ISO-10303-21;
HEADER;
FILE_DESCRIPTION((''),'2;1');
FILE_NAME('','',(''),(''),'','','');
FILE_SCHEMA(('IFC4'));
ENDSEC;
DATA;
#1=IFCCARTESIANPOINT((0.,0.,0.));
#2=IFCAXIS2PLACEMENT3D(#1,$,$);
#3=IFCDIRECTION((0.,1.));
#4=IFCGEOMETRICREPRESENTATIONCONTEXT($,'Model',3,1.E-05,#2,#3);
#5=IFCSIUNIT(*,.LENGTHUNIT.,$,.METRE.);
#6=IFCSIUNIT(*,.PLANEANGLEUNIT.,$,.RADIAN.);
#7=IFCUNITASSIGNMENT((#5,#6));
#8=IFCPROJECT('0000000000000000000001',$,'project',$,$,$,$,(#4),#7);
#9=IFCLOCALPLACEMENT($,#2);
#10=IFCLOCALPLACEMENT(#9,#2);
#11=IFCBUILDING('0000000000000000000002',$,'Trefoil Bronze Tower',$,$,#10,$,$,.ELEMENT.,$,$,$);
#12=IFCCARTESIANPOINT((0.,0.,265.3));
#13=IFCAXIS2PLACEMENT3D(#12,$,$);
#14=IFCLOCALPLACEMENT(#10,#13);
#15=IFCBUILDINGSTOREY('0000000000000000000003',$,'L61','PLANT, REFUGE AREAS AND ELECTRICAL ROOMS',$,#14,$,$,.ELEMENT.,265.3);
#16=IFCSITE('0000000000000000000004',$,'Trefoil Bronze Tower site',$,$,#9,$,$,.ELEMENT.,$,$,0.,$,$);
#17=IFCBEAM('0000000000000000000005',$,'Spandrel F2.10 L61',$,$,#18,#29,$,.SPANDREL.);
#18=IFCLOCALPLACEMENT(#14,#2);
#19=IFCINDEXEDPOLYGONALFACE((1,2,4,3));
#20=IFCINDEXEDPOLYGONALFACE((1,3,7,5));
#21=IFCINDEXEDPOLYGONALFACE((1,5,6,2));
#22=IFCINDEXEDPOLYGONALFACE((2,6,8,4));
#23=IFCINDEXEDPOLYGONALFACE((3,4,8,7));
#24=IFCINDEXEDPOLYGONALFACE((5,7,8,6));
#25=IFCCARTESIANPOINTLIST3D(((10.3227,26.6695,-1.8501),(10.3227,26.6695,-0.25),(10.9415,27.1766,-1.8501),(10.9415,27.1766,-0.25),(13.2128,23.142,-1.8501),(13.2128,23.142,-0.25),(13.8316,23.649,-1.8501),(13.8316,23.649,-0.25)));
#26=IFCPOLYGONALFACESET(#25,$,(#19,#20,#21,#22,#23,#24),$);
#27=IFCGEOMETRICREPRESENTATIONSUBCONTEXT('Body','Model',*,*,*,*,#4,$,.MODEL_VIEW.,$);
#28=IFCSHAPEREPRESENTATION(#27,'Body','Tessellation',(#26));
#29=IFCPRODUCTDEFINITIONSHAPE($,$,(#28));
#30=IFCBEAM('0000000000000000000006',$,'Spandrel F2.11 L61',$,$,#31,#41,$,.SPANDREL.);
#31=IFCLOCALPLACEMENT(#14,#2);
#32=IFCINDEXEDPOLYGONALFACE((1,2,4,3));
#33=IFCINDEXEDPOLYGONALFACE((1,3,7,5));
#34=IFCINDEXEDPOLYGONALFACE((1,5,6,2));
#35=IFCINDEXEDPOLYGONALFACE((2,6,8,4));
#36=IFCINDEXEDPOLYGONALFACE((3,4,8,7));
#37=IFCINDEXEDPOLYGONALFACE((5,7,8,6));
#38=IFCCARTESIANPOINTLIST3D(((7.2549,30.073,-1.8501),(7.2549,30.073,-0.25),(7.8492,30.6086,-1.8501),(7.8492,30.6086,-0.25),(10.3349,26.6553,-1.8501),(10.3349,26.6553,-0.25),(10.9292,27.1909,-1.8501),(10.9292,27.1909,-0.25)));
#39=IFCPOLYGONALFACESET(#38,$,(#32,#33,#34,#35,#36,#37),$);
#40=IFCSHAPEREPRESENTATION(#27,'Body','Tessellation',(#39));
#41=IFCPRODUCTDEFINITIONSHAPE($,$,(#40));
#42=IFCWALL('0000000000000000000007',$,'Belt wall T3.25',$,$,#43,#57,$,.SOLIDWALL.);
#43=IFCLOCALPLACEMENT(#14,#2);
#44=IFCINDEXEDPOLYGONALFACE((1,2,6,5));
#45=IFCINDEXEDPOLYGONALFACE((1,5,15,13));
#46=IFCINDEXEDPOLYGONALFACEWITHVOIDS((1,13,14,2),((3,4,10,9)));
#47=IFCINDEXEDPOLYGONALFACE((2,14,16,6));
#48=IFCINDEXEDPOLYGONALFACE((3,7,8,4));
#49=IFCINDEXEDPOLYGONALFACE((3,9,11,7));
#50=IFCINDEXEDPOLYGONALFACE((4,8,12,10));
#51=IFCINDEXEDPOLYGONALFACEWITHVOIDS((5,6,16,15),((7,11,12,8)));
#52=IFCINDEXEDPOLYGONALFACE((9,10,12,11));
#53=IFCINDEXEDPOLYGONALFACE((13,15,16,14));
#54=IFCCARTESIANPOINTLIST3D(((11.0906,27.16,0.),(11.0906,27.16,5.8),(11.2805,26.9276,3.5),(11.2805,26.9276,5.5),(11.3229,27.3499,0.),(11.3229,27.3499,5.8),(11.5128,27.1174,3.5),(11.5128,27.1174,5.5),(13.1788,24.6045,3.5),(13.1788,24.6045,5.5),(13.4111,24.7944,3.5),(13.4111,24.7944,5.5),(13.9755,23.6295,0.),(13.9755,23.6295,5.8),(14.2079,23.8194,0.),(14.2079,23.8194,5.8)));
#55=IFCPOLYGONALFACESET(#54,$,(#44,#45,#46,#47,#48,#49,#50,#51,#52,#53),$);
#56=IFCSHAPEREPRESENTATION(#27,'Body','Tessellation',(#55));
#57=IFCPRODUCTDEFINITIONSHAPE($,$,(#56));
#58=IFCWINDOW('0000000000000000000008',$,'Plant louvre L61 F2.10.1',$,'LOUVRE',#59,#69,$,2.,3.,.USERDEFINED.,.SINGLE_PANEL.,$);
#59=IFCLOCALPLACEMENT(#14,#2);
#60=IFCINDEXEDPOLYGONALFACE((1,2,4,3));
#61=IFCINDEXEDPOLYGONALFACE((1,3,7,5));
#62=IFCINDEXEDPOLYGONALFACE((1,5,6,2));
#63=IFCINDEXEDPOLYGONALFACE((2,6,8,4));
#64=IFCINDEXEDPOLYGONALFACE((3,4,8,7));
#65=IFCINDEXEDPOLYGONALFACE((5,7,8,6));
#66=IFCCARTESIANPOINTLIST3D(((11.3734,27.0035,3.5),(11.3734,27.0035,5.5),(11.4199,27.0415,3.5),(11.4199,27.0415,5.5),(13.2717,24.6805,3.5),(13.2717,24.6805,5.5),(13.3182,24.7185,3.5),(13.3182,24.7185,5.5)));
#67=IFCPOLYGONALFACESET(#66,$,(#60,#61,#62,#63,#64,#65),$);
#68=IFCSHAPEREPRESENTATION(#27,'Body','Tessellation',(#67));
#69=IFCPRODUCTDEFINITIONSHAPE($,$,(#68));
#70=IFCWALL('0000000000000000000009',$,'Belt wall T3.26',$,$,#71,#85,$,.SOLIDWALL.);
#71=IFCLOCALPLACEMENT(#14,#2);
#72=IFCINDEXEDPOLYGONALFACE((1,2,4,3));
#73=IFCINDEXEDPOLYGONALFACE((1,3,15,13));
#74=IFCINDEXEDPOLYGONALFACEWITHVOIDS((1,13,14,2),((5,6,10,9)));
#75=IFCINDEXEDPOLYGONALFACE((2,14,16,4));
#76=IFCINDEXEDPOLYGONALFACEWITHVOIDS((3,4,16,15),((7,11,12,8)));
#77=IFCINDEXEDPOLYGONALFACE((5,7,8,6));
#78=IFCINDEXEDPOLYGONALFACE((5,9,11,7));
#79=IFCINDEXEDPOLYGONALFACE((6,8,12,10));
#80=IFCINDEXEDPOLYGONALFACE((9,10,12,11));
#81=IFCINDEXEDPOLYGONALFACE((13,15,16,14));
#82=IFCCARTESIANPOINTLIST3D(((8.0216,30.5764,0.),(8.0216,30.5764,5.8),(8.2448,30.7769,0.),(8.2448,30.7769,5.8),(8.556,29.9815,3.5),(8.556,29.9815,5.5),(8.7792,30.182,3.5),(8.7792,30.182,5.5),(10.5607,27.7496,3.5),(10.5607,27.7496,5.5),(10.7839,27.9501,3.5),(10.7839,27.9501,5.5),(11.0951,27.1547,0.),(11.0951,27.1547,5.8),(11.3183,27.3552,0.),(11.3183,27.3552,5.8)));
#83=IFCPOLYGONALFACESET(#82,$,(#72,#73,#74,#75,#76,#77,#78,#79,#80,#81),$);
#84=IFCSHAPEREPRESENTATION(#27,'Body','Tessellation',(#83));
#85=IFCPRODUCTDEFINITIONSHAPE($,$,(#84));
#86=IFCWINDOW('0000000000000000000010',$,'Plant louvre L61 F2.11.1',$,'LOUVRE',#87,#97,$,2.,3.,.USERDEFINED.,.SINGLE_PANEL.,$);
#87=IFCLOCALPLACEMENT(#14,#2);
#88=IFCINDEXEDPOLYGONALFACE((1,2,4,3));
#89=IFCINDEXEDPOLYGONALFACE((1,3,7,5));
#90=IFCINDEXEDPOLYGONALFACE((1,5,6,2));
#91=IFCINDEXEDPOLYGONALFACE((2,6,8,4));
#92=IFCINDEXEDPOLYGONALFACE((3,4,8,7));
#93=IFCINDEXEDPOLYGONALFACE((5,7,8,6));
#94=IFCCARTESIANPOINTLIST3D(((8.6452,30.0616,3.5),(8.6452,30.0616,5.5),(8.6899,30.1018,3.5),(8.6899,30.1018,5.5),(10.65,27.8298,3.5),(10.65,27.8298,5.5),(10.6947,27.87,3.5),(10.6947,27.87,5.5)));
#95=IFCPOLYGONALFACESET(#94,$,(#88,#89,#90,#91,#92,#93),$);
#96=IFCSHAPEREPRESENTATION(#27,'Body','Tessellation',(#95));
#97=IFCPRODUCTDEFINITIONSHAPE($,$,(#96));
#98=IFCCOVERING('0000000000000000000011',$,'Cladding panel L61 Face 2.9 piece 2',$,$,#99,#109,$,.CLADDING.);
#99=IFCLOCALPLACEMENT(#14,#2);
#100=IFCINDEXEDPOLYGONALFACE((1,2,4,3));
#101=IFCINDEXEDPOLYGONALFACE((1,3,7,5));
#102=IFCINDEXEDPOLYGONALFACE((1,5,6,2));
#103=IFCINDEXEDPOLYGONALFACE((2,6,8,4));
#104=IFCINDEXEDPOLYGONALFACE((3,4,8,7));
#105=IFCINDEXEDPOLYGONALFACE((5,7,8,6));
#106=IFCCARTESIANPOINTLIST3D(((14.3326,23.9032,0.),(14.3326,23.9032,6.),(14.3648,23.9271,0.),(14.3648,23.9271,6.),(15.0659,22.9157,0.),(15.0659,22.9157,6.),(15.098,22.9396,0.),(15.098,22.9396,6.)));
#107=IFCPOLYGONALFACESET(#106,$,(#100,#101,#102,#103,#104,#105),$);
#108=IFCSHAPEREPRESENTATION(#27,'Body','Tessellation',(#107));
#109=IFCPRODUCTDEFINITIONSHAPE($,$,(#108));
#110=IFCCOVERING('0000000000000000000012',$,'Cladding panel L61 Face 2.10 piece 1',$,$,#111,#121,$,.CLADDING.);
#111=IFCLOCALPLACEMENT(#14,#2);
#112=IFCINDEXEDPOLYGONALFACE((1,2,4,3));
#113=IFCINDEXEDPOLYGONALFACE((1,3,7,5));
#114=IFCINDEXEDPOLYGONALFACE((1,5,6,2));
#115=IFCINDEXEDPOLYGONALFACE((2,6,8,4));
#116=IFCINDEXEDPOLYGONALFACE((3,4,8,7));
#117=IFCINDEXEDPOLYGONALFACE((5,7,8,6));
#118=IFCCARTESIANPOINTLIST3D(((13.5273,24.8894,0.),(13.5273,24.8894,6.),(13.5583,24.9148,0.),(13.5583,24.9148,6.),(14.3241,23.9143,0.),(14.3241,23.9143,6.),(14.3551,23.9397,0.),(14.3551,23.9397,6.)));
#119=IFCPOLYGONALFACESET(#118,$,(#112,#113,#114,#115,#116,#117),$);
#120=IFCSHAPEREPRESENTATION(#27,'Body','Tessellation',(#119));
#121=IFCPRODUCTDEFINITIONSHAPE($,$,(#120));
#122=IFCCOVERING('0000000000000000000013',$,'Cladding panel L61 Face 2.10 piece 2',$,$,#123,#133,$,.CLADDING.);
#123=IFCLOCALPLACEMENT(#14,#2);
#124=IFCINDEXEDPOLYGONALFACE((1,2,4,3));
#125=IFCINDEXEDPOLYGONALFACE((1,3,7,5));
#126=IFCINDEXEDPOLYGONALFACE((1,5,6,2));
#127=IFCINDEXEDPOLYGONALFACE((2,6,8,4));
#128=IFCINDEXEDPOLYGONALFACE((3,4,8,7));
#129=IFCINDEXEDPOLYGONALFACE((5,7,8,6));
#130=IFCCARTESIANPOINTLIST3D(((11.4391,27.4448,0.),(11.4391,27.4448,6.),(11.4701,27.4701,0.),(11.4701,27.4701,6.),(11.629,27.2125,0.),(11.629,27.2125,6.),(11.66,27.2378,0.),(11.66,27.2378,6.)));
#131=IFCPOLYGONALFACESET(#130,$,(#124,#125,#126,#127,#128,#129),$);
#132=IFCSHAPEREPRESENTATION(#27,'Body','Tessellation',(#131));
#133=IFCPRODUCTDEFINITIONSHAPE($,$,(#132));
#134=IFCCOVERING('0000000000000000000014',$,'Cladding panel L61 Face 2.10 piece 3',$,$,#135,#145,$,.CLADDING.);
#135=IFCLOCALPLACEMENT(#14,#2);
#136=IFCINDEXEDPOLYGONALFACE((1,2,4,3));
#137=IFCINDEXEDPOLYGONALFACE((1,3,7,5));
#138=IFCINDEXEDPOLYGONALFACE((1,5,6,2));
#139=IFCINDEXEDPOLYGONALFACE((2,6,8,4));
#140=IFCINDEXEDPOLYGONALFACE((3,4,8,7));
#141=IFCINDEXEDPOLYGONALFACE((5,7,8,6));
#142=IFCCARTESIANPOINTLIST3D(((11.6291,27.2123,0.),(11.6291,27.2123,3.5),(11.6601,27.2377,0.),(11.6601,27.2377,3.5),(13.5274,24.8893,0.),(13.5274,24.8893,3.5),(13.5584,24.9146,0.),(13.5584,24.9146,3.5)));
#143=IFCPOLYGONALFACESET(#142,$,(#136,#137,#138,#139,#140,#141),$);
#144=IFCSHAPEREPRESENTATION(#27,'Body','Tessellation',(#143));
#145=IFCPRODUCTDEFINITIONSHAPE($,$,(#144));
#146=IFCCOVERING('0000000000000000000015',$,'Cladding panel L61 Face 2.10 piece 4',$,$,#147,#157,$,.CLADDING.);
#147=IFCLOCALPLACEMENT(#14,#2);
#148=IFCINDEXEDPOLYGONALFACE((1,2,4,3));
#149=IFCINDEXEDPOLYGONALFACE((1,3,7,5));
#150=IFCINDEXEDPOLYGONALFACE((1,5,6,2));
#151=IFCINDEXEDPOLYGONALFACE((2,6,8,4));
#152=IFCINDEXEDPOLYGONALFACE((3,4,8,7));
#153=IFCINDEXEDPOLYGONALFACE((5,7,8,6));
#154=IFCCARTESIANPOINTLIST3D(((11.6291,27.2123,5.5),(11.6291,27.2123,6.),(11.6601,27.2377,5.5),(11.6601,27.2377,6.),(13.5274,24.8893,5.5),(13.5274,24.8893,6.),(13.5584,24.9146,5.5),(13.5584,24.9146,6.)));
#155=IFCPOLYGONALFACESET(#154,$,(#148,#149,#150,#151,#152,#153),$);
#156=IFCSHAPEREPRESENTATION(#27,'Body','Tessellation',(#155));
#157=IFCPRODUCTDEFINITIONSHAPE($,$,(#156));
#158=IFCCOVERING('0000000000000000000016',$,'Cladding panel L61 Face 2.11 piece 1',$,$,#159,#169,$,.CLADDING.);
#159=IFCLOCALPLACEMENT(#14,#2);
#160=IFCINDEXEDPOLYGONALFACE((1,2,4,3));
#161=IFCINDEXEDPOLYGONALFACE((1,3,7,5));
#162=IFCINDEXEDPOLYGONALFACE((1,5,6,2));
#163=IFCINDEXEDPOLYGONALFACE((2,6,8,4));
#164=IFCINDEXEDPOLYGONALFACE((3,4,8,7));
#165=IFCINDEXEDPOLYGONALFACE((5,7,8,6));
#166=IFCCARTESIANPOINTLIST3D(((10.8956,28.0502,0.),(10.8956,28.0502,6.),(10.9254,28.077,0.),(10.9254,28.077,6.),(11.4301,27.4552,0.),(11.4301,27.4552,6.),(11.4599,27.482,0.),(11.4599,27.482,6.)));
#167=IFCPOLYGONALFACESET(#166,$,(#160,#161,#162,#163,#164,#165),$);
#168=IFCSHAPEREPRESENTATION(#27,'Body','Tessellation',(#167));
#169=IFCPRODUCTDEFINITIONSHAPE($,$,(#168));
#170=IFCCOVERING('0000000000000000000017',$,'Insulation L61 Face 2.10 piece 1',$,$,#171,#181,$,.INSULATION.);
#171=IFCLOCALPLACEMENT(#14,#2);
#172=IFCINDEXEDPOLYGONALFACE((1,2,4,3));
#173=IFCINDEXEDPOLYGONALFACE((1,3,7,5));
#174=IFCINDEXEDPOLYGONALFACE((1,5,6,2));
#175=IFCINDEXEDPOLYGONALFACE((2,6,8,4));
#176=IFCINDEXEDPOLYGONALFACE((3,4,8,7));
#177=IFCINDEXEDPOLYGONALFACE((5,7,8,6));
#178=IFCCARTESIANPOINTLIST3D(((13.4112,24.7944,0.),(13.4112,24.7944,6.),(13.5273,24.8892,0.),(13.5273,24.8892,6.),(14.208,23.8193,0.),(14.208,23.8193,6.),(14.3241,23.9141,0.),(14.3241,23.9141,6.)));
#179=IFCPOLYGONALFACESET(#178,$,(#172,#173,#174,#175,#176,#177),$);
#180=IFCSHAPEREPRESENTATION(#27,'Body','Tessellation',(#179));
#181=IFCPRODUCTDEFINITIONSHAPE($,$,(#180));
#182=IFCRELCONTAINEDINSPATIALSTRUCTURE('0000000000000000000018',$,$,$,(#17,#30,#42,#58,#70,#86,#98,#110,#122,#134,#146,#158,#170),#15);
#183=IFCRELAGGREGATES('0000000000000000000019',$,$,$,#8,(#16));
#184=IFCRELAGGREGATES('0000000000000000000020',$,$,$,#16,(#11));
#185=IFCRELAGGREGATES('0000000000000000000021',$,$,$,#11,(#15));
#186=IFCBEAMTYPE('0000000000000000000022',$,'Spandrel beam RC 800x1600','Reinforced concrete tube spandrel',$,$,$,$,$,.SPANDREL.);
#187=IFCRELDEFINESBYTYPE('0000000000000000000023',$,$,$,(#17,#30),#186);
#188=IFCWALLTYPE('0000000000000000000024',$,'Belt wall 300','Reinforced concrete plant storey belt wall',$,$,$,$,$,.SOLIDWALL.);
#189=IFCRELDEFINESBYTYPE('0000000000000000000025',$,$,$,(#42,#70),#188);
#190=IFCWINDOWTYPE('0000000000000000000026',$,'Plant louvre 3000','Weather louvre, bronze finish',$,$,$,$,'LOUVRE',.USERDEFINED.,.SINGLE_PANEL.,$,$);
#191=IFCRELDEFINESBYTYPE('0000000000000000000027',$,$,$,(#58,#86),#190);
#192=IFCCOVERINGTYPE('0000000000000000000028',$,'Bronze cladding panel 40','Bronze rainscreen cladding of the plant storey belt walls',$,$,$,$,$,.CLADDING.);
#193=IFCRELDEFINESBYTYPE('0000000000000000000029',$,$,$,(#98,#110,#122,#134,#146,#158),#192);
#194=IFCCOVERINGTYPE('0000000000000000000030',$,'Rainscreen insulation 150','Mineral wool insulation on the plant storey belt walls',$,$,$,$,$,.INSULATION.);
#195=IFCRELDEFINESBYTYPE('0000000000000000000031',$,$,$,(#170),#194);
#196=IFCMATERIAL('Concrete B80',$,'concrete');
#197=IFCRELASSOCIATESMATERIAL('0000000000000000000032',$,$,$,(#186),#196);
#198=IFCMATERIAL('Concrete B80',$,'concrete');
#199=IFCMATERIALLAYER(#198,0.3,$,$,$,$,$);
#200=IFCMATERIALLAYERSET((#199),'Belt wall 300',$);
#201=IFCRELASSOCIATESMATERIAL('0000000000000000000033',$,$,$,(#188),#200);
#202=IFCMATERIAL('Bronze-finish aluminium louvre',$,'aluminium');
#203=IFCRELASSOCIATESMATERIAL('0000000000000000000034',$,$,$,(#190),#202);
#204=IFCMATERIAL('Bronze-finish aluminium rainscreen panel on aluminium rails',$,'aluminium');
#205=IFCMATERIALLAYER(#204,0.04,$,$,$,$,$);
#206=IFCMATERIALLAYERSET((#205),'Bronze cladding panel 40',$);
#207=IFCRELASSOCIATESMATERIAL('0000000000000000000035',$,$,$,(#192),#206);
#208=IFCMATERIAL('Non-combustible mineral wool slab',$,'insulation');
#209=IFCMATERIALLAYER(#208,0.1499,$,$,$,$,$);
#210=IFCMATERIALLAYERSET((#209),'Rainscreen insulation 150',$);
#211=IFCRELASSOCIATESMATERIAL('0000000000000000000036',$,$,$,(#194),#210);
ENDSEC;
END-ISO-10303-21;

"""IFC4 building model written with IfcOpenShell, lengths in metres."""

from ifc_helpers import new_model, si_unit, direction, frame, frame_2d, origin, origin_2d, place, context, subcontext, project, spatial, rectangle, extrude, material, layer, layer_set, material_profile, profile_set, type_object, element, fill, save


model = new_model("IFC4")

# Units and contexts
model_context = context("Model", 3, precision=1e-05, world=origin(), true_north=direction((0.0, 1.0)))
body_context = subcontext(model_context, "Body", "Model", "MODEL_VIEW")
ifc_project = project(units=[si_unit("LENGTHUNIT", "METRE"), si_unit("PLANEANGLEUNIT", "RADIAN")], contexts=[model_context])

# Site, building, storey
site_placement = place(None, origin())
site = spatial("IfcSite", under=ifc_project, at=site_placement, Name="Trefoil Bronze Tower site", CompositionType="ELEMENT", RefElevation=0.0)
building_placement = place(site_placement, origin())
building = spatial("IfcBuilding", under=site, at=building_placement, Name="Trefoil Bronze Tower", CompositionType="ELEMENT")
storey_placement = place(building_placement, frame((0.0, 0.0, 265.3)))
storey = spatial("IfcBuildingStorey", under=building, at=storey_placement, Name="L61", Description="PLANT, REFUGE AREAS AND ELECTRICAL ROOMS", CompositionType="ELEMENT", Elevation=265.3)

# Beams
ifc_material_1 = material(Name="Concrete B80", Category="concrete")
ifc_material_profile_1 = material_profile(ifc_material_1, rectangle(XDim=0.8, YDim=1.6001, at=origin_2d()), Name="RC 800x1600")
ifc_profile_set_1 = profile_set([ifc_material_profile_1], Name="Concrete B80")
beam_type_1 = type_object("IfcBeamType", Name="Spandrel beam RC 800x1600", Description="Reinforced concrete tube spandrel", PredefinedType="SPANDREL", material=ifc_profile_set_1)
beam_1_placement = place(storey_placement, frame((13.5222, 23.3955, -1.05), z_axis=(-0.633754, 0.773535, 0.0), x_axis=(-0.773535, -0.633754, 0.0)))
element("IfcBeam", 1, at=beam_1_placement, inside=storey, type_object=beam_type_1, Name="Spandrel F2.10 L61", PredefinedType="SPANDREL", context=body_context, shape_type="SweptSolid", body=[
    extrude(rectangle(XDim=0.8, YDim=1.6001, at=origin_2d()), origin(), (0.0, 0.0, 1.0), 4.5603),
])
beam_2_placement = place(storey_placement, frame((10.6321, 26.9231, -1.05), z_axis=(-0.66946, 0.742848, 0.0), x_axis=(-0.742848, -0.66946, 0.0)))
element("IfcBeam", 2, at=beam_2_placement, inside=storey, type_object=beam_type_1, Name="Spandrel F2.11 L61", PredefinedType="SPANDREL", context=body_context, shape_type="SweptSolid", body=[
    extrude(rectangle(XDim=0.8, YDim=1.6001, at=origin_2d()), origin(), (0.0, 0.0, 1.0), 4.6008),
])

# Walls, openings, windows
ifc_material_2 = material(Name="Concrete B80", Category="concrete")
ifc_layer_1 = layer(ifc_material_2, 0.3)
ifc_layer_set_1 = layer_set([ifc_layer_1], Name="Belt wall 300")
wall_type = type_object("IfcWallType", Name="Belt wall 300", Description="Reinforced concrete plant storey belt wall", PredefinedType="SOLIDWALL", material=ifc_layer_set_1)
wall_1_placement = place(storey_placement, frame((14.0918, 23.7244, 0.0), z_axis=(0.0, 0.0, 1.0), x_axis=(-0.632765, 0.774344, 0.0)))
wall_1 = element("IfcWall", 3, at=wall_1_placement, inside=storey, type_object=wall_type, Name="Belt wall T3.25", PredefinedType="SOLIDWALL", context=body_context, shape_type="SweptSolid", body=[
    extrude(rectangle(XDim=4.5593, YDim=0.3, at=frame_2d((2.2798, 0.0))), origin(), (0.0, 0.0, 1.0), 5.8),
])
opening_1_placement = place(wall_1_placement, frame((1.2593, 0.0, 3.5)))
opening_1 = element("IfcOpeningElement", 4, at=opening_1_placement, cuts=wall_1, PredefinedType="OPENING", context=body_context, shape_type="SweptSolid", body=[
    extrude(rectangle(XDim=3.0, YDim=2.0, at=frame_2d((1.5, 1.0))), frame((0.0, 0.1599, 0.0), z_axis=(0.0, -1.0, 0.0), x_axis=(1.0, 0.0, 0.0)), (0.0, 0.0, 1.0), 0.3201),
])
ifc_material_3 = material(Name="Bronze-finish aluminium louvre", Category="aluminium")
window_type = type_object("IfcWindowType", Name="Plant louvre 3000", Description="Weather louvre, bronze finish", ElementType="LOUVRE", PartitioningType="SINGLE_PANEL", PredefinedType="USERDEFINED", material=ifc_material_3)
window_1_placement = place(opening_1_placement, origin())
window_1 = element("IfcWindow", 5, at=window_1_placement, inside=storey, type_object=window_type, Name="Plant louvre L61 F2.10.1", ObjectType="LOUVRE", OverallHeight=2.0, OverallWidth=3.0, PartitioningType="SINGLE_PANEL", PredefinedType="USERDEFINED", context=body_context, shape_type="SweptSolid", body=[
    extrude(rectangle(XDim=3.0, YDim=2.0, at=frame_2d((1.5, 1.0))), frame((0.0, 0.03, 0.0), z_axis=(0.0, -1.0, 0.0), x_axis=(1.0, 0.0, 0.0)), (0.0, 0.0, 1.0), 0.0601),
])
fill(opening_1, window_1)
wall_2_placement = place(storey_placement, frame((11.2068, 27.2549, 0.0), z_axis=(0.0, 0.0, 1.0), x_axis=(-0.668246, 0.74394, 0.0)))
wall_2 = element("IfcWall", 6, at=wall_2_placement, inside=storey, type_object=wall_type, Name="Belt wall T3.26", PredefinedType="SOLIDWALL", context=body_context, shape_type="SweptSolid", body=[
    extrude(rectangle(XDim=4.5994, YDim=0.3, at=frame_2d((2.2998, 0.0))), origin(), (0.0, 0.0, 1.0), 5.8),
])
opening_2_placement = place(wall_2_placement, frame((0.7998, 0.0, 3.5)))
opening_2 = element("IfcOpeningElement", 7, at=opening_2_placement, cuts=wall_2, PredefinedType="OPENING", context=body_context, shape_type="SweptSolid", body=[
    extrude(rectangle(XDim=3.0, YDim=2.0, at=frame_2d((1.5, 1.0))), frame((0.0, 0.1599, 0.0), z_axis=(0.0, -1.0, 0.0), x_axis=(1.0, 0.0, 0.0)), (0.0, 0.0, 1.0), 0.3201),
])
window_2_placement = place(opening_2_placement, origin())
window_2 = element("IfcWindow", 8, at=window_2_placement, inside=storey, type_object=window_type, Name="Plant louvre L61 F2.11.1", ObjectType="LOUVRE", OverallHeight=2.0, OverallWidth=3.0, PartitioningType="SINGLE_PANEL", PredefinedType="USERDEFINED", context=body_context, shape_type="SweptSolid", body=[
    extrude(rectangle(XDim=3.0, YDim=2.0, at=frame_2d((1.5, 1.0))), frame((0.0, 0.03, 0.0), z_axis=(0.0, -1.0, 0.0), x_axis=(1.0, 0.0, 0.0)), (0.0, 0.0, 1.0), 0.0601),
])
fill(opening_2, window_2)

# Coverings
ifc_material_4 = material(Name="Bronze-finish aluminium rainscreen panel on aluminium rails", Category="aluminium")
ifc_layer_2 = layer(ifc_material_4, 0.04)
ifc_layer_set_2 = layer_set([ifc_layer_2], Name="Bronze cladding panel 40")
covering_type_1 = type_object("IfcCoveringType", Name="Bronze cladding panel 40", Description="Bronze rainscreen cladding of the plant storey belt walls", PredefinedType="CLADDING", material=ifc_layer_set_2)
covering_1_placement = place(storey_placement, frame((14.7153, 23.4214, 0.0), z_axis=(0.0, 0.0, 1.0), x_axis=(-0.596162, 0.802865, 0.0)))
element("IfcCovering", 9, at=covering_1_placement, inside=storey, type_object=covering_type_1, Name="Cladding panel L61 Face 2.9 piece 2", PredefinedType="CLADDING", context=body_context, shape_type="SweptSolid", body=[
    extrude(rectangle(XDim=1.23, YDim=0.04, at=origin_2d()), origin(), (0.0, 0.0, 1.0), 6.0),
])
covering_2_placement = place(storey_placement, frame((13.9412, 24.4146, 0.0), z_axis=(0.0, 0.0, 1.0), x_axis=(-0.632753, 0.774354, 0.0)))
element("IfcCovering", 10, at=covering_2_placement, inside=storey, type_object=covering_type_1, Name="Cladding panel L61 Face 2.10 piece 1", PredefinedType="CLADDING", context=body_context, shape_type="SweptSolid", body=[
    extrude(rectangle(XDim=1.2593, YDim=0.04, at=origin_2d()), origin(), (0.0, 0.0, 1.0), 6.0),
])
covering_3_placement = place(storey_placement, frame((11.5496, 27.3413, 0.0), z_axis=(0.0, 0.0, 1.0), x_axis=(-0.632753, 0.774354, 0.0)))
element("IfcCovering", 11, at=covering_3_placement, inside=storey, type_object=covering_type_1, Name="Cladding panel L61 Face 2.10 piece 2", PredefinedType="CLADDING", context=body_context, shape_type="SweptSolid", body=[
    extrude(rectangle(XDim=0.3, YDim=0.04, at=origin_2d()), origin(), (0.0, 0.0, 1.0), 6.0),
])
covering_4_placement = place(storey_placement, frame((12.5938, 26.0635, 0.0), z_axis=(0.0, 0.0, 1.0), x_axis=(-0.632753, 0.774354, 0.0)))
element("IfcCovering", 12, at=covering_4_placement, inside=storey, type_object=covering_type_1, Name="Cladding panel L61 Face 2.10 piece 3", PredefinedType="CLADDING", context=body_context, shape_type="SweptSolid", body=[
    extrude(rectangle(XDim=3.0, YDim=0.04, at=origin_2d()), origin(), (0.0, 0.0, 1.0), 3.5),
])
covering_5_placement = place(storey_placement, frame((12.5938, 26.0635, 5.5), z_axis=(0.0, 0.0, 1.0), x_axis=(-0.632753, 0.774354, 0.0)))
element("IfcCovering", 13, at=covering_5_placement, inside=storey, type_object=covering_type_1, Name="Cladding panel L61 Face 2.10 piece 4", PredefinedType="CLADDING", context=body_context, shape_type="SweptSolid", body=[
    extrude(rectangle(XDim=3.0, YDim=0.04, at=origin_2d()), origin(), (0.0, 0.0, 1.0), 0.5),
])
covering_6_placement = place(storey_placement, frame((11.1777, 27.7661, 0.0), z_axis=(0.0, 0.0, 1.0), x_axis=(-0.668246, 0.743941, 0.0)))
element("IfcCovering", 14, at=covering_6_placement, inside=storey, type_object=covering_type_1, Name="Cladding panel L61 Face 2.11 piece 1", PredefinedType="CLADDING", context=body_context, shape_type="SweptSolid", body=[
    extrude(rectangle(XDim=0.7998, YDim=0.04, at=origin_2d()), origin(), (0.0, 0.0, 1.0), 6.0),
])
ifc_material_5 = material(Name="Non-combustible mineral wool slab", Category="insulation")
ifc_layer_3 = layer(ifc_material_5, 0.1499)
ifc_layer_set_3 = layer_set([ifc_layer_3], Name="Rainscreen insulation 150")
covering_type_2 = type_object("IfcCoveringType", Name="Rainscreen insulation 150", Description="Mineral wool insulation on the plant storey belt walls", PredefinedType="INSULATION", material=ifc_layer_set_3)
covering_7_placement = place(storey_placement, frame((13.8677, 24.3542, 0.0), z_axis=(0.0, 0.0, 1.0), x_axis=(-0.632753, 0.774354, 0.0)))
element("IfcCovering", 15, at=covering_7_placement, inside=storey, type_object=covering_type_2, Name="Insulation L61 Face 2.10 piece 1", PredefinedType="INSULATION", context=body_context, shape_type="SweptSolid", body=[
    extrude(rectangle(XDim=1.2593, YDim=0.1499, at=origin_2d()), origin(), (0.0, 0.0, 1.0), 6.0),
])

save(model, "model.ifc")
